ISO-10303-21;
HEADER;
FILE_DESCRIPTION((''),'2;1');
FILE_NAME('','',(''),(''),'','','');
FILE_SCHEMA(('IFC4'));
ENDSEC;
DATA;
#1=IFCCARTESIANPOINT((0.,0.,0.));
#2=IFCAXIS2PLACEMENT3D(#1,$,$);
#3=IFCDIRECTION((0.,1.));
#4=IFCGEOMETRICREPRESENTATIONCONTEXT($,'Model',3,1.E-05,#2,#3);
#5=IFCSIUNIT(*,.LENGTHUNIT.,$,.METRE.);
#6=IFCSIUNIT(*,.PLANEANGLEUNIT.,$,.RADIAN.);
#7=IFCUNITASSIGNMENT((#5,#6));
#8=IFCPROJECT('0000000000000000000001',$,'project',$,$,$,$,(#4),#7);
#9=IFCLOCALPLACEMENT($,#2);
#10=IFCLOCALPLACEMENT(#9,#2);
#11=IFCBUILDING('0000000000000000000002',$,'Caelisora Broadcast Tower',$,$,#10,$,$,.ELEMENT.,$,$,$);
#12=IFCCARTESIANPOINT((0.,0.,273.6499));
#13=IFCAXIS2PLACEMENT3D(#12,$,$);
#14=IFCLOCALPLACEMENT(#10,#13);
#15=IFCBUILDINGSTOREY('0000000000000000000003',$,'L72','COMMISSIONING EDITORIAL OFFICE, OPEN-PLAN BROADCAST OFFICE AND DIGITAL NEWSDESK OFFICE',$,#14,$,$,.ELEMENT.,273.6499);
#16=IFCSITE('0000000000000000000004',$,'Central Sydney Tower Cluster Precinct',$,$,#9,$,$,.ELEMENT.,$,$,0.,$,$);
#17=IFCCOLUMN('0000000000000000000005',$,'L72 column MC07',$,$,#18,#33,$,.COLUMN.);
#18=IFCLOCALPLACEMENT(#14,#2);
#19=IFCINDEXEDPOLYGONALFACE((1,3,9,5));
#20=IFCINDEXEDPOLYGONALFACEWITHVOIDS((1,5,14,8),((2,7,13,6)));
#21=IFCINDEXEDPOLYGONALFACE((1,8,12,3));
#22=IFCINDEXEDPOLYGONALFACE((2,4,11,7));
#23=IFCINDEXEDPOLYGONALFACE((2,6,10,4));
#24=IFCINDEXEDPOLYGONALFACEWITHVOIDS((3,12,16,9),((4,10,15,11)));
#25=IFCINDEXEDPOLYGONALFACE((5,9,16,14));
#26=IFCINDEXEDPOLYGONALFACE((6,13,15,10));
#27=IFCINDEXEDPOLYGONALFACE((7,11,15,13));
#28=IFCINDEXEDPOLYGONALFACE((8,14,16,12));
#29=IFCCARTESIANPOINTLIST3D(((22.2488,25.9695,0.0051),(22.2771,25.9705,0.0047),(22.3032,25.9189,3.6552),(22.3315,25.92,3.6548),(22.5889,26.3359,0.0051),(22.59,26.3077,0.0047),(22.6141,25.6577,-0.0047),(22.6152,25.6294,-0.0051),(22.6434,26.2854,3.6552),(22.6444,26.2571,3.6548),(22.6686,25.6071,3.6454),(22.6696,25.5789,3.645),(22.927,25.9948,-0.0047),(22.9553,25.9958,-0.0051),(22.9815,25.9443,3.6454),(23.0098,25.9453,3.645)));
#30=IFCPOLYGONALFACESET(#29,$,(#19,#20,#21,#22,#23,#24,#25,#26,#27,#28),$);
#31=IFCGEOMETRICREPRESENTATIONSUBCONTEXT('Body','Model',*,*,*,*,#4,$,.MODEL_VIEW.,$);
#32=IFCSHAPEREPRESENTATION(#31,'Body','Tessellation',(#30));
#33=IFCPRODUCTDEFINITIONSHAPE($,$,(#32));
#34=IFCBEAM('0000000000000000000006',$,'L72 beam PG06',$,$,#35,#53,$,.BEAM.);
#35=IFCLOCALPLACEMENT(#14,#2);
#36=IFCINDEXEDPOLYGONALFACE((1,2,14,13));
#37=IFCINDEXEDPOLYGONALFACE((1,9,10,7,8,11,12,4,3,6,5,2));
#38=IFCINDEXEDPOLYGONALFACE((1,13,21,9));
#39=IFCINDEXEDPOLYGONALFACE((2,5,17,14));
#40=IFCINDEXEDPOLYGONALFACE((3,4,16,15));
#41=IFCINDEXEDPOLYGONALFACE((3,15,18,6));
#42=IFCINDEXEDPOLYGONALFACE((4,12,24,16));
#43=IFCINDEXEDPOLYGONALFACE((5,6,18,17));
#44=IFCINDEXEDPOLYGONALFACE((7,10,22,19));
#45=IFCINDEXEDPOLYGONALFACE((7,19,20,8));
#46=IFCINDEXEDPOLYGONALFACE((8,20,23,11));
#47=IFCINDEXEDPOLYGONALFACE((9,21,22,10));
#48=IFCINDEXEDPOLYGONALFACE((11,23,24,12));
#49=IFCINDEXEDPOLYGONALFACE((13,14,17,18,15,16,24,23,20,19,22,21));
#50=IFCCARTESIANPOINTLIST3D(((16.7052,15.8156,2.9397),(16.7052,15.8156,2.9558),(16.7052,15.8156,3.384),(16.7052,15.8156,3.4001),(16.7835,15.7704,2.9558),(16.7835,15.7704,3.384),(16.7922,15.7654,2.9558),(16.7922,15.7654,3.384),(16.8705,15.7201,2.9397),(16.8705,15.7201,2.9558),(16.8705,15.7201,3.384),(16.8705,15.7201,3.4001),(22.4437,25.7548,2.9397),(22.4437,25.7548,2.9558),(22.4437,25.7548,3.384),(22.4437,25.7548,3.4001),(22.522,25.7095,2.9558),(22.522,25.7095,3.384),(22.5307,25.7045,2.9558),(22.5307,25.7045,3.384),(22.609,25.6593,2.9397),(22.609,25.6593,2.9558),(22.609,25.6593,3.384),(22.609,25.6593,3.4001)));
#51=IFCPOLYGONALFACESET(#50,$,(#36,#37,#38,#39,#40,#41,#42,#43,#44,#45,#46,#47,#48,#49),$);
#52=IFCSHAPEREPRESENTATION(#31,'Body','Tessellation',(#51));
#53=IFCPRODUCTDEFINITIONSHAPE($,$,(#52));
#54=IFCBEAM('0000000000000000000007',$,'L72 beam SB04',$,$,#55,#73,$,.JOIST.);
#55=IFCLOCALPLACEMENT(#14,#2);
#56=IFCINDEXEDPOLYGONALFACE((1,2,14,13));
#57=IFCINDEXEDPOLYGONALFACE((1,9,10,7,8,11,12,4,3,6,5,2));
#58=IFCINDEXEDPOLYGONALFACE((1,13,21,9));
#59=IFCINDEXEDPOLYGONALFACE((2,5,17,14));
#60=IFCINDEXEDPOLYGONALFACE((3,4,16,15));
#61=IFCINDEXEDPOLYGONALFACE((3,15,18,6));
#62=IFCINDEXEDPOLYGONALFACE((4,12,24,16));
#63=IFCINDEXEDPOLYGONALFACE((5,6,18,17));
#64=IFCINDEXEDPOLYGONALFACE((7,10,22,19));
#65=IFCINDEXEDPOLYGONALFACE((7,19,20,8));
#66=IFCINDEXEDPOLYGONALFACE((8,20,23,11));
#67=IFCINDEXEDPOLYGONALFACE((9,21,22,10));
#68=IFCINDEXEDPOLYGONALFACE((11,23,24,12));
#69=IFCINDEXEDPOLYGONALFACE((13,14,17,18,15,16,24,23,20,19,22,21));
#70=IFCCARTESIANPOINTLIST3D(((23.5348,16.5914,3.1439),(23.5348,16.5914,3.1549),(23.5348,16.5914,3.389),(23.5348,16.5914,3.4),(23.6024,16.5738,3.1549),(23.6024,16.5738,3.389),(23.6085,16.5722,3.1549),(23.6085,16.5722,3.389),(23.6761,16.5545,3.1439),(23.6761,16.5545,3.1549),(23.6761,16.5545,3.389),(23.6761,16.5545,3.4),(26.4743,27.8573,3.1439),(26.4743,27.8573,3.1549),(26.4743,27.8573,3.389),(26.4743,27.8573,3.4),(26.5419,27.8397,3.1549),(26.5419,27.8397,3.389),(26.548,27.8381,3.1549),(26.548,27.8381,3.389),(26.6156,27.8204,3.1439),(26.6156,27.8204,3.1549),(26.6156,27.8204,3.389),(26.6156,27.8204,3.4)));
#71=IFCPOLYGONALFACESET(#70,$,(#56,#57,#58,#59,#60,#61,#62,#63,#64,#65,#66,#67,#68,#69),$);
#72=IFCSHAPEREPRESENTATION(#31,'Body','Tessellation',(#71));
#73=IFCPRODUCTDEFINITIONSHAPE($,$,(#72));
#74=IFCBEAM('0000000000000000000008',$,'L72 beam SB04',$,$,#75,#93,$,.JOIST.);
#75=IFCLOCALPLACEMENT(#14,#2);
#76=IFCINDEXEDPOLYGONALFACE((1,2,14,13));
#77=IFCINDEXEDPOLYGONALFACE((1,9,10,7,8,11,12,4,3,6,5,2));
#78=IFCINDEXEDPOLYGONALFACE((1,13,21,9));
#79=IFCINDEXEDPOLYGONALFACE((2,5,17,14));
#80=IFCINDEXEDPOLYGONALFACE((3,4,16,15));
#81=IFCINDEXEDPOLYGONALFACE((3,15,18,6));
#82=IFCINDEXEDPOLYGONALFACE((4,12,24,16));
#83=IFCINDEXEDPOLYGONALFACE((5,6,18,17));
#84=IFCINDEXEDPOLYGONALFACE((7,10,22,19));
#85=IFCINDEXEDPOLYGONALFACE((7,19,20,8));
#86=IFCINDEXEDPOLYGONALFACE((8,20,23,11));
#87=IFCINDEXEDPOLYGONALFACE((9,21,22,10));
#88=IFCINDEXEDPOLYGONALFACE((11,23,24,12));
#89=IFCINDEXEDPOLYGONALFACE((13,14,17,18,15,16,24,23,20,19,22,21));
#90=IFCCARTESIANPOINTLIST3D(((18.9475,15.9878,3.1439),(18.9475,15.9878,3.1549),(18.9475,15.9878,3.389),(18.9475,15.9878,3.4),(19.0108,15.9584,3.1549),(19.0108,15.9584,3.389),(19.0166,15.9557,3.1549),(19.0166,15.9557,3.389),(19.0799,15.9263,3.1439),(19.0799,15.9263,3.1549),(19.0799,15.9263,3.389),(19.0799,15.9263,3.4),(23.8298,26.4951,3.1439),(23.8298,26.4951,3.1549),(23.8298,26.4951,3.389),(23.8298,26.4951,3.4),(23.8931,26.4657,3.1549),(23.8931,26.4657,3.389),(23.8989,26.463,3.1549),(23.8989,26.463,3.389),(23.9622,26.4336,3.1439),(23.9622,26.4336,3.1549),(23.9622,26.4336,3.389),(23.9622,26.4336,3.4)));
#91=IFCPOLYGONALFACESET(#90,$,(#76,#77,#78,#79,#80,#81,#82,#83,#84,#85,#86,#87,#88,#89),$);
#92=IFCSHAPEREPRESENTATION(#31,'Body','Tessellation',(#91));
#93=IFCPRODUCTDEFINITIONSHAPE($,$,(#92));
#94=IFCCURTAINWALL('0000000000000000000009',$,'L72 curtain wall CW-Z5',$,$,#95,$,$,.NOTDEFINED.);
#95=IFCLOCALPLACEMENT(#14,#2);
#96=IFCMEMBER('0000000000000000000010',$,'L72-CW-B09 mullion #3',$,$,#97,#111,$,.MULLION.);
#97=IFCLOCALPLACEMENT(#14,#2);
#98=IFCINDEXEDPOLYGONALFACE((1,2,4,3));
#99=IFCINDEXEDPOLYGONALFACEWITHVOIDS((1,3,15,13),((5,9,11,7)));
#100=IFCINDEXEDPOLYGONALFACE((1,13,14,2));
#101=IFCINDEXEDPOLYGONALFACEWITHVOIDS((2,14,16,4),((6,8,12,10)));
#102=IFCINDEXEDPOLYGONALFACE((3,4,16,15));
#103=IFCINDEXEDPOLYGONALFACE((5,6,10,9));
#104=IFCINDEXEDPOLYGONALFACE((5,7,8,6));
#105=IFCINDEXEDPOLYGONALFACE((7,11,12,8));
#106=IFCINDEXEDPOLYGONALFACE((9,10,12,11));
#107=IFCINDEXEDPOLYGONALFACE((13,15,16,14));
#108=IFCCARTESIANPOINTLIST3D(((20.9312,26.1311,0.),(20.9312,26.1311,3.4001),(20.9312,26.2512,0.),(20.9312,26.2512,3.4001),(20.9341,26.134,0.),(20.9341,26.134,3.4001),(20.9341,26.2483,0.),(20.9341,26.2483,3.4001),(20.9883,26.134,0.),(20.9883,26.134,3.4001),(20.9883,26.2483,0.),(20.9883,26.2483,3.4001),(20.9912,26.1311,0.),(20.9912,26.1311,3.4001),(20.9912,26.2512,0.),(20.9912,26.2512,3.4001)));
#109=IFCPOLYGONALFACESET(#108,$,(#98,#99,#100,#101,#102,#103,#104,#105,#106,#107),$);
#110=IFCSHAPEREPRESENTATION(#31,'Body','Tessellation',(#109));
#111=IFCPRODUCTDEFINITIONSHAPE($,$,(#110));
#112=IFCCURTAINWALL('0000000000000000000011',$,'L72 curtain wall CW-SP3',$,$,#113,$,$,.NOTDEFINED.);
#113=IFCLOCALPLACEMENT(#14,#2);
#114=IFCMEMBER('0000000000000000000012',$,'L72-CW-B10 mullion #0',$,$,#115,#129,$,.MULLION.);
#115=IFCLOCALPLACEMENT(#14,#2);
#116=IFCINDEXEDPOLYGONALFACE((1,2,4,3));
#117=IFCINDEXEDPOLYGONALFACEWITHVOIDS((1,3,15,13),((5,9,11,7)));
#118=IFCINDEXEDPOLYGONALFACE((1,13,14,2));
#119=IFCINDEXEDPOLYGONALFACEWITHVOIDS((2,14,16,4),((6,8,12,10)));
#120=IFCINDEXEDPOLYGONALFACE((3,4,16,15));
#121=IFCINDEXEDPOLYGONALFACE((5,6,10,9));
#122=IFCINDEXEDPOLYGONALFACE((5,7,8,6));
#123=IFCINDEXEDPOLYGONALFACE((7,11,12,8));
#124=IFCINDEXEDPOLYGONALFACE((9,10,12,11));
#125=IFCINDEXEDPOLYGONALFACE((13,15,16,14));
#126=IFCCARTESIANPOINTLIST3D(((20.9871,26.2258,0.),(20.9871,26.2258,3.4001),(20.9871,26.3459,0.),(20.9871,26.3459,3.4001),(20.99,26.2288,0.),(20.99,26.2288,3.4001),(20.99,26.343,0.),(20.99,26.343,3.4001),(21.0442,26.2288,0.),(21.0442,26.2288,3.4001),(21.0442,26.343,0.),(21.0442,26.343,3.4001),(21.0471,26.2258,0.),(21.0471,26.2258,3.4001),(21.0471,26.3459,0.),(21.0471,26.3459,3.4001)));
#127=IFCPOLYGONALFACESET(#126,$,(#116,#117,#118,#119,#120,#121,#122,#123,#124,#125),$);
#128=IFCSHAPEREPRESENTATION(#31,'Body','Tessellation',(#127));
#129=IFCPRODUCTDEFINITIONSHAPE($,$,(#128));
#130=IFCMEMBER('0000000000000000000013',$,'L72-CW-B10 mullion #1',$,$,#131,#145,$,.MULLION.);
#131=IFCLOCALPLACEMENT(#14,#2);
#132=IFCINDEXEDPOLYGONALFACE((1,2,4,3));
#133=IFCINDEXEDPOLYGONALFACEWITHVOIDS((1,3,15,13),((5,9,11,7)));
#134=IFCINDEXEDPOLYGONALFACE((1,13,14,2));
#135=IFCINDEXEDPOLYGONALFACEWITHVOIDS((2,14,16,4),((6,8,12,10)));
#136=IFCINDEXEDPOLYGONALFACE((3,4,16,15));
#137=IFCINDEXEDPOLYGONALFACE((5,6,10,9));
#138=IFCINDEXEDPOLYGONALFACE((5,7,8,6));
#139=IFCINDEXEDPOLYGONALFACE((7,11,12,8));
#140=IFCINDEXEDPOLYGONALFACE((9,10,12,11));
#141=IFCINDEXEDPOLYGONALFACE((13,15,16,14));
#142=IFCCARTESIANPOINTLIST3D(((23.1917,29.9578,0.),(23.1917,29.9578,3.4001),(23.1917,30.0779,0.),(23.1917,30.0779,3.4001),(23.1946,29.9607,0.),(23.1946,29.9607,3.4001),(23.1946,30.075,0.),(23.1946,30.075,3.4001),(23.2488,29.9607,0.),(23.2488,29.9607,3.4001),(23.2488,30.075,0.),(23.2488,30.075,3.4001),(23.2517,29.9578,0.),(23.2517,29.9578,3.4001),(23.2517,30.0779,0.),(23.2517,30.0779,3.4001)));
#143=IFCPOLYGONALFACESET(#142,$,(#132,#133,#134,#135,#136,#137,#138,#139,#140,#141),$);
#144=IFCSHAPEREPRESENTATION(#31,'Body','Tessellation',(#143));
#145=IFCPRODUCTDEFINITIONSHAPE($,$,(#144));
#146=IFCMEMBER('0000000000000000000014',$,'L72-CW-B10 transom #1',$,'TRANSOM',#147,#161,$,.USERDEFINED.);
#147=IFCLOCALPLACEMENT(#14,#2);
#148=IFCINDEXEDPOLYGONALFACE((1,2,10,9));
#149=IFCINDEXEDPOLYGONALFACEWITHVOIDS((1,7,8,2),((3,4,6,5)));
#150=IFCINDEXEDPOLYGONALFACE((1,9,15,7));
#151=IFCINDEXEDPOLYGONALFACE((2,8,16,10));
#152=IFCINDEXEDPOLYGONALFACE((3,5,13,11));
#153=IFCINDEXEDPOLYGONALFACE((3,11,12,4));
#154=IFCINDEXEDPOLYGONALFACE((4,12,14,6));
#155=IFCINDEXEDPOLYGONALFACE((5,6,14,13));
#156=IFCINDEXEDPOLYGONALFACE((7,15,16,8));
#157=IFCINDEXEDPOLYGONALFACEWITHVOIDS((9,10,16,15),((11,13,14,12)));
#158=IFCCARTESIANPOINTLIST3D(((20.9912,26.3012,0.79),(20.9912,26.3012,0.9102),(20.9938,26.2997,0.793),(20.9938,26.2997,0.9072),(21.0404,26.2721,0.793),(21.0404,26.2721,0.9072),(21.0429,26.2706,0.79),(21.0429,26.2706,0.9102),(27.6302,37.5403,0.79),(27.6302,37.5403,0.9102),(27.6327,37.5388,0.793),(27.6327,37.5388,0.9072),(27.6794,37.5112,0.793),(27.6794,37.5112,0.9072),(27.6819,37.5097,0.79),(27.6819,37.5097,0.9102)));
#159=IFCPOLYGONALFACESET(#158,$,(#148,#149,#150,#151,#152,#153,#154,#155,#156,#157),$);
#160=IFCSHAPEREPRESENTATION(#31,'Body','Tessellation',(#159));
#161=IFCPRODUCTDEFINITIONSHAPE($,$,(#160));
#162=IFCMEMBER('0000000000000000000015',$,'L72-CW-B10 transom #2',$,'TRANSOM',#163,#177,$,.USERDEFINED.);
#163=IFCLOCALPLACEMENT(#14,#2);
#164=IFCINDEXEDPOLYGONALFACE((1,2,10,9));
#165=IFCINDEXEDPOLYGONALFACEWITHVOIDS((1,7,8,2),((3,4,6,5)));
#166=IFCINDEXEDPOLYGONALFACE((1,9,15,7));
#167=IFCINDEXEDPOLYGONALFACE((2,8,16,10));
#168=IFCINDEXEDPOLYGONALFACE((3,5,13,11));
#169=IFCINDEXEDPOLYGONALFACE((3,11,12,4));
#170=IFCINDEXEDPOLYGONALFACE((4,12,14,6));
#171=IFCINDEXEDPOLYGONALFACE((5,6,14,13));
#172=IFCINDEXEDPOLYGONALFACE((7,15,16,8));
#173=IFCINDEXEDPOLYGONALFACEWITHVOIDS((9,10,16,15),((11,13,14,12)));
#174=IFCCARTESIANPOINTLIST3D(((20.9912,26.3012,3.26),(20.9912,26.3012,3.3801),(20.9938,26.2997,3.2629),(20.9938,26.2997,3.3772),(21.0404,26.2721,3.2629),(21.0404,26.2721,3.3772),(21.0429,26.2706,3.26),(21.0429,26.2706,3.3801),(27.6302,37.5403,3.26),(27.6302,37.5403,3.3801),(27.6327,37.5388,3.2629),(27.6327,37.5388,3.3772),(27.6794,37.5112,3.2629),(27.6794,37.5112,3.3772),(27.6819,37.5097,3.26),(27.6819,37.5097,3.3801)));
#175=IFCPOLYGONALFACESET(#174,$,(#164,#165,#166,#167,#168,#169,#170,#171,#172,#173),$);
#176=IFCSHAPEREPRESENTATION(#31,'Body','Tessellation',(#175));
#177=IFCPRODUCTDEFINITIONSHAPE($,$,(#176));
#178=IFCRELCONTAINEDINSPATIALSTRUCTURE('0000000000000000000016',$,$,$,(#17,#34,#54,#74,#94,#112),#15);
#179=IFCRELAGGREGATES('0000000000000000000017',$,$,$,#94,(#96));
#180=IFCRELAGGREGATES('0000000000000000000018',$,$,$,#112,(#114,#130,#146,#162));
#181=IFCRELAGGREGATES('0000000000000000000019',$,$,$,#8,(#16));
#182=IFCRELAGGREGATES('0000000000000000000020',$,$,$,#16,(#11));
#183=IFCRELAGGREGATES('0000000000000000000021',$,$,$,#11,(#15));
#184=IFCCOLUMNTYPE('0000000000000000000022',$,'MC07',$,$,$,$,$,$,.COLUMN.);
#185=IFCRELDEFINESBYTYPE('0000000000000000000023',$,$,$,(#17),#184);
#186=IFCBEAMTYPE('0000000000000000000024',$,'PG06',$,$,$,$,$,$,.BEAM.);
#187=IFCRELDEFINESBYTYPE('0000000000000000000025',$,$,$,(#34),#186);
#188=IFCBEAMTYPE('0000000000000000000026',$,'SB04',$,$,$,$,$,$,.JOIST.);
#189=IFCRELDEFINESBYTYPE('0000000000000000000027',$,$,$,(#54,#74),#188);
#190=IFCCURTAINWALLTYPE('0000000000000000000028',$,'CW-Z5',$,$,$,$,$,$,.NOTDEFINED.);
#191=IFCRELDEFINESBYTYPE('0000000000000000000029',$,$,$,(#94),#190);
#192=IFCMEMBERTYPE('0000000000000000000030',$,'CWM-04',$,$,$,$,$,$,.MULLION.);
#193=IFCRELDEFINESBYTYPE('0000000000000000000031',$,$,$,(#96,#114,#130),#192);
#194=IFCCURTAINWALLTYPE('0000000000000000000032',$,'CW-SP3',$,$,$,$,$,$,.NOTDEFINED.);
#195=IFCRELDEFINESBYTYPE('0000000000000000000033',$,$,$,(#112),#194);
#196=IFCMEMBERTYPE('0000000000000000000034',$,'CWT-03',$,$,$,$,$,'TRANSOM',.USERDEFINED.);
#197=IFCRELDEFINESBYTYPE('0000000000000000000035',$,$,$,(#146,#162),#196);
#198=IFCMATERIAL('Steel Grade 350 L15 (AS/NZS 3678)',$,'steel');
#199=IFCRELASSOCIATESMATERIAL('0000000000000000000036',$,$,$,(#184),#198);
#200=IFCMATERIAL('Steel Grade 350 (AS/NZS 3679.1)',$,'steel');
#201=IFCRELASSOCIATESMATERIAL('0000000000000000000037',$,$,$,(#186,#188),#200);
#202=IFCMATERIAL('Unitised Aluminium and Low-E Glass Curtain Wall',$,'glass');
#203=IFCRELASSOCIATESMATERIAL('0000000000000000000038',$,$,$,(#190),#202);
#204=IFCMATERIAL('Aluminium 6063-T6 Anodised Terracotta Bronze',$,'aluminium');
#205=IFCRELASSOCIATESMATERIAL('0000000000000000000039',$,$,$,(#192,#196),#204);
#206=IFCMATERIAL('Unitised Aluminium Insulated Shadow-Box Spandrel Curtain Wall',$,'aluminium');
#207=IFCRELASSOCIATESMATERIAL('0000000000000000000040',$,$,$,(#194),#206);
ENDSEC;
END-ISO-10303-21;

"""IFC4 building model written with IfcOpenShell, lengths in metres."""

from ifc_helpers import new_model, si_unit, direction, frame, origin, origin_2d, place, context, subcontext, project, spatial, hollow_rectangle, i_section, extrude, source, transform, mapped, material, material_profile, profile_set, type_object, type_shapes, element, aggregate, save


model = new_model("IFC4")

# Units and contexts
model_context = context("Model", 3, precision=1e-05, world=origin(), true_north=direction((0.0, 1.0)))
body_context = subcontext(model_context, "Body", "Model", "MODEL_VIEW")
ifc_project = project(units=[si_unit("LENGTHUNIT", "METRE"), si_unit("PLANEANGLEUNIT", "RADIAN")], contexts=[model_context])

# Site, building, storey
site_placement = place(None, origin())
site = spatial("IfcSite", under=ifc_project, at=site_placement, Name="Central Sydney Tower Cluster Precinct", CompositionType="ELEMENT", RefElevation=0.0)
building_placement = place(site_placement, origin())
building = spatial("IfcBuilding", under=site, at=building_placement, Name="Caelisora Broadcast Tower", CompositionType="ELEMENT")
storey_placement = place(building_placement, frame((0.0, 0.0, 273.6499)))
storey = spatial("IfcBuildingStorey", under=building, at=storey_placement, Name="L72", Description="COMMISSIONING EDITORIAL OFFICE, OPEN-PLAN BROADCAST OFFICE AND DIGITAL NEWSDESK OFFICE", CompositionType="ELEMENT", Elevation=273.6499)

# Column
ifc_material_1 = material(Name="Steel Grade 350 L15 (AS/NZS 3678)", Category="steel")
ifc_material_profile_1 = material_profile(ifc_material_1, hollow_rectangle(XDim=0.5, YDim=0.5, WallThickness=0.02, at=origin_2d()), Name="Steel Grade 350 L15 (AS/NZS 3678)")
ifc_profile_set_1 = profile_set([ifc_material_profile_1], Name="Steel Grade 350 L15 (AS/NZS 3678)")
column_type = type_object("IfcColumnType", Name="MC07", PredefinedType="COLUMN", material=ifc_profile_set_1)
shared_shape_1 = source(origin(), body_context, "Body", "SweptSolid", [
    extrude(hollow_rectangle(XDim=0.5, YDim=0.5, WallThickness=0.02, at=origin_2d()), origin(), (0.0, 0.0, 1.0), 3.6509),
])
type_shapes(column_type, [shared_shape_1])
column_placement = place(storey_placement, frame((22.6021, 25.9827, 0.0), z_axis=(0.014912, -0.013842, 0.999793), x_axis=(0.680325, 0.732911, 0.0)))
element("IfcColumn", 1, at=column_placement, inside=storey, type_object=column_type, Name="L72 column MC07", PredefinedType="COLUMN", context=body_context, shape_type="MappedRepresentation", body=[
    mapped(shared_shape_1, transform((0.0, 0.0, 0.0), scale=1.0)),
])

# Beams
ifc_material_2 = material(Name="Steel Grade 350 (AS/NZS 3679.1)", Category="steel")
ifc_material_profile_2 = material_profile(ifc_material_2, i_section(OverallWidth=0.1909, OverallDepth=0.4604, WebThickness=0.01, FlangeThickness=0.0161, at=origin_2d()), Name="Steel Grade 350 (AS/NZS 3679.1)")
ifc_profile_set_2 = profile_set([ifc_material_profile_2], Name="Steel Grade 350 (AS/NZS 3679.1)")
beam_type_1 = type_object("IfcBeamType", Name="PG06", PredefinedType="BEAM", material=ifc_profile_set_2)
shared_shape_2 = source(origin(), body_context, "Body", "SweptSolid", [
    extrude(i_section(OverallWidth=0.1909, OverallDepth=0.4604, WebThickness=0.01, FlangeThickness=0.0161, at=origin_2d()), origin(), (0.0, 0.0, 1.0), 11.4768),
])
type_shapes(beam_type_1, [shared_shape_2])
beam_1_placement = place(storey_placement, frame((22.5264, 25.707, 3.1699), z_axis=(-0.500008, -0.866021, 0.0), x_axis=(0.866021, -0.500008, 0.0)))
element("IfcBeam", 2, at=beam_1_placement, inside=storey, type_object=beam_type_1, Name="L72 beam PG06", PredefinedType="BEAM", context=body_context, shape_type="MappedRepresentation", body=[
    mapped(shared_shape_2, transform((0.0, 0.0, 0.0), scale=1.0)),
])
ifc_material_profile_3 = material_profile(ifc_material_2, i_section(OverallWidth=0.146, OverallDepth=0.2561, WebThickness=0.0063, FlangeThickness=0.011, at=origin_2d()), Name="Steel Grade 350 (AS/NZS 3679.1)")
ifc_profile_set_3 = profile_set([ifc_material_profile_3], Name="Steel Grade 350 (AS/NZS 3679.1)")
beam_type_2 = type_object("IfcBeamType", Name="SB04", PredefinedType="JOIST", material=ifc_profile_set_3)
shared_shape_3 = source(origin(), body_context, "Body", "SweptSolid", [
    extrude(i_section(OverallWidth=0.146, OverallDepth=0.2561, WebThickness=0.0063, FlangeThickness=0.011, at=origin_2d()), origin(), (0.0, 0.0, 1.0), 11.6431),
])
beam_2_placement = place(storey_placement, frame((26.5449, 27.8389, 3.272), z_axis=(-0.252465, -0.967606, 0.0), x_axis=(0.967606, -0.252465, 0.0)))
element("IfcBeam", 3, at=beam_2_placement, inside=storey, type_object=beam_type_2, Name="L72 beam SB04", PredefinedType="JOIST", context=body_context, shape_type="MappedRepresentation", body=[
    mapped(shared_shape_3, transform((0.0, 0.0, 0.0), scale=1.0)),
])
shared_shape_4 = source(origin(), body_context, "Body", "SweptSolid", [
    extrude(i_section(OverallWidth=0.146, OverallDepth=0.2561, WebThickness=0.0063, FlangeThickness=0.011, at=origin_2d()), origin(), (0.0, 0.0, 1.0), 11.5862),
])
type_shapes(beam_type_2, [shared_shape_3, shared_shape_4])
beam_3_placement = place(storey_placement, frame((23.896, 26.4644, 3.272), z_axis=(-0.42139, -0.90688, 0.0), x_axis=(0.90688, -0.42139, 0.0)))
element("IfcBeam", 4, at=beam_3_placement, inside=storey, type_object=beam_type_2, Name="L72 beam SB04", PredefinedType="JOIST", context=body_context, shape_type="MappedRepresentation", body=[
    mapped(shared_shape_4, transform((0.0, 0.0, 0.0), scale=1.0)),
])

# Curtain wall, member
ifc_material_3 = material(Name="Unitised Aluminium and Low-E Glass Curtain Wall", Category="glass")
curtain_wall_type_1 = type_object("IfcCurtainWallType", Name="CW-Z5", PredefinedType="NOTDEFINED", material=ifc_material_3)
curtain_wall_1_placement = place(storey_placement, origin())
curtain_wall_1 = element("IfcCurtainWall", 5, at=curtain_wall_1_placement, inside=storey, type_object=curtain_wall_type_1, Name="L72 curtain wall CW-Z5", PredefinedType="NOTDEFINED")
ifc_material_4 = material(Name="Aluminium 6063-T6 Anodised Terracotta Bronze", Category="aluminium")
ifc_material_profile_4 = material_profile(ifc_material_4, hollow_rectangle(XDim=0.0601, YDim=0.1201, WallThickness=0.0029, at=origin_2d()), Name="Aluminium 6063-T6 Anodised Terracotta Bronze")
ifc_profile_set_4 = profile_set([ifc_material_profile_4], Name="Aluminium 6063-T6 Anodised Terracotta Bronze")
member_type_1 = type_object("IfcMemberType", Name="CWM-04", PredefinedType="MULLION", material=ifc_profile_set_4)
shared_shape_5 = source(origin(), body_context, "Body", "SweptSolid", [
    extrude(hollow_rectangle(XDim=0.0601, YDim=0.1201, WallThickness=0.0029, at=origin_2d()), origin(), (0.0, 0.0, 1.0), 3.4001),
])
type_shapes(member_type_1, [shared_shape_5])
member_1_placement = place(storey_placement, frame((20.9612, 26.1912, 0.0), z_axis=(0.0, 0.0, 1.0), x_axis=(1.0, 0.0, 0.0)))
member_1 = element("IfcMember", 6, at=member_1_placement, type_object=member_type_1, Name="L72-CW-B09 mullion #3", PredefinedType="MULLION", context=body_context, shape_type="MappedRepresentation", body=[
    mapped(shared_shape_5, transform((0.0, 0.0, 0.0), scale=1.0)),
])

# Curtain wall, members
ifc_material_5 = material(Name="Unitised Aluminium Insulated Shadow-Box Spandrel Curtain Wall", Category="aluminium")
curtain_wall_type_2 = type_object("IfcCurtainWallType", Name="CW-SP3", PredefinedType="NOTDEFINED", material=ifc_material_5)
curtain_wall_2_placement = place(storey_placement, origin())
curtain_wall_2 = element("IfcCurtainWall", 7, at=curtain_wall_2_placement, inside=storey, type_object=curtain_wall_type_2, Name="L72 curtain wall CW-SP3", PredefinedType="NOTDEFINED")
member_2_placement = place(storey_placement, frame((21.0171, 26.2859, 0.0), z_axis=(0.0, 0.0, 1.0), x_axis=(1.0, 0.0, 0.0)))
member_2 = element("IfcMember", 8, at=member_2_placement, type_object=member_type_1, Name="L72-CW-B10 mullion #0", PredefinedType="MULLION", context=body_context, shape_type="MappedRepresentation", body=[
    mapped(shared_shape_5, transform((0.0, 0.0, 0.0), scale=1.0)),
])
member_3_placement = place(storey_placement, frame((23.2217, 30.0178, 0.0), z_axis=(0.0, 0.0, 1.0), x_axis=(1.0, 0.0, 0.0)))
member_3 = element("IfcMember", 9, at=member_3_placement, type_object=member_type_1, Name="L72-CW-B10 mullion #1", PredefinedType="MULLION", context=body_context, shape_type="MappedRepresentation", body=[
    mapped(shared_shape_5, transform((0.0, 0.0, 0.0), scale=1.0)),
])
ifc_material_profile_5 = material_profile(ifc_material_4, hollow_rectangle(XDim=0.0601, YDim=0.1201, WallThickness=0.0029, at=origin_2d()), Name="Aluminium 6063-T6 Anodised Terracotta Bronze")
ifc_profile_set_5 = profile_set([ifc_material_profile_5], Name="Aluminium 6063-T6 Anodised Terracotta Bronze")
member_type_2 = type_object("IfcMemberType", Name="CWT-03", ElementType="TRANSOM", PredefinedType="USERDEFINED", material=ifc_profile_set_5)
shared_shape_6 = source(origin(), body_context, "Body", "SweptSolid", [
    extrude(hollow_rectangle(XDim=0.0601, YDim=0.1201, WallThickness=0.0029, at=origin_2d()), origin(), (0.0, 0.0, 1.0), 13.0535),
])
type_shapes(member_type_2, [shared_shape_6])
member_4_placement = place(storey_placement, frame((21.0171, 26.2859, 0.8501), z_axis=(0.508598, 0.861004, 0.0), x_axis=(-0.861004, 0.508598, 0.0)))
member_4 = element("IfcMember", 10, at=member_4_placement, type_object=member_type_2, Name="L72-CW-B10 transom #1", ObjectType="TRANSOM", PredefinedType="USERDEFINED", context=body_context, shape_type="MappedRepresentation", body=[
    mapped(shared_shape_6, transform((0.0, 0.0, 0.0), scale=1.0)),
])
member_5_placement = place(storey_placement, frame((21.0171, 26.2859, 3.3201), z_axis=(0.508598, 0.861004, 0.0), x_axis=(-0.861004, 0.508598, 0.0)))
member_5 = element("IfcMember", 11, at=member_5_placement, type_object=member_type_2, Name="L72-CW-B10 transom #2", ObjectType="TRANSOM", PredefinedType="USERDEFINED", context=body_context, shape_type="MappedRepresentation", body=[
    mapped(shared_shape_6, transform((0.0, 0.0, 0.0), scale=1.0)),
])

aggregate(curtain_wall_1, [member_1])
aggregate(curtain_wall_2, [member_2, member_3, member_4, member_5])

save(model, "model.ifc")
